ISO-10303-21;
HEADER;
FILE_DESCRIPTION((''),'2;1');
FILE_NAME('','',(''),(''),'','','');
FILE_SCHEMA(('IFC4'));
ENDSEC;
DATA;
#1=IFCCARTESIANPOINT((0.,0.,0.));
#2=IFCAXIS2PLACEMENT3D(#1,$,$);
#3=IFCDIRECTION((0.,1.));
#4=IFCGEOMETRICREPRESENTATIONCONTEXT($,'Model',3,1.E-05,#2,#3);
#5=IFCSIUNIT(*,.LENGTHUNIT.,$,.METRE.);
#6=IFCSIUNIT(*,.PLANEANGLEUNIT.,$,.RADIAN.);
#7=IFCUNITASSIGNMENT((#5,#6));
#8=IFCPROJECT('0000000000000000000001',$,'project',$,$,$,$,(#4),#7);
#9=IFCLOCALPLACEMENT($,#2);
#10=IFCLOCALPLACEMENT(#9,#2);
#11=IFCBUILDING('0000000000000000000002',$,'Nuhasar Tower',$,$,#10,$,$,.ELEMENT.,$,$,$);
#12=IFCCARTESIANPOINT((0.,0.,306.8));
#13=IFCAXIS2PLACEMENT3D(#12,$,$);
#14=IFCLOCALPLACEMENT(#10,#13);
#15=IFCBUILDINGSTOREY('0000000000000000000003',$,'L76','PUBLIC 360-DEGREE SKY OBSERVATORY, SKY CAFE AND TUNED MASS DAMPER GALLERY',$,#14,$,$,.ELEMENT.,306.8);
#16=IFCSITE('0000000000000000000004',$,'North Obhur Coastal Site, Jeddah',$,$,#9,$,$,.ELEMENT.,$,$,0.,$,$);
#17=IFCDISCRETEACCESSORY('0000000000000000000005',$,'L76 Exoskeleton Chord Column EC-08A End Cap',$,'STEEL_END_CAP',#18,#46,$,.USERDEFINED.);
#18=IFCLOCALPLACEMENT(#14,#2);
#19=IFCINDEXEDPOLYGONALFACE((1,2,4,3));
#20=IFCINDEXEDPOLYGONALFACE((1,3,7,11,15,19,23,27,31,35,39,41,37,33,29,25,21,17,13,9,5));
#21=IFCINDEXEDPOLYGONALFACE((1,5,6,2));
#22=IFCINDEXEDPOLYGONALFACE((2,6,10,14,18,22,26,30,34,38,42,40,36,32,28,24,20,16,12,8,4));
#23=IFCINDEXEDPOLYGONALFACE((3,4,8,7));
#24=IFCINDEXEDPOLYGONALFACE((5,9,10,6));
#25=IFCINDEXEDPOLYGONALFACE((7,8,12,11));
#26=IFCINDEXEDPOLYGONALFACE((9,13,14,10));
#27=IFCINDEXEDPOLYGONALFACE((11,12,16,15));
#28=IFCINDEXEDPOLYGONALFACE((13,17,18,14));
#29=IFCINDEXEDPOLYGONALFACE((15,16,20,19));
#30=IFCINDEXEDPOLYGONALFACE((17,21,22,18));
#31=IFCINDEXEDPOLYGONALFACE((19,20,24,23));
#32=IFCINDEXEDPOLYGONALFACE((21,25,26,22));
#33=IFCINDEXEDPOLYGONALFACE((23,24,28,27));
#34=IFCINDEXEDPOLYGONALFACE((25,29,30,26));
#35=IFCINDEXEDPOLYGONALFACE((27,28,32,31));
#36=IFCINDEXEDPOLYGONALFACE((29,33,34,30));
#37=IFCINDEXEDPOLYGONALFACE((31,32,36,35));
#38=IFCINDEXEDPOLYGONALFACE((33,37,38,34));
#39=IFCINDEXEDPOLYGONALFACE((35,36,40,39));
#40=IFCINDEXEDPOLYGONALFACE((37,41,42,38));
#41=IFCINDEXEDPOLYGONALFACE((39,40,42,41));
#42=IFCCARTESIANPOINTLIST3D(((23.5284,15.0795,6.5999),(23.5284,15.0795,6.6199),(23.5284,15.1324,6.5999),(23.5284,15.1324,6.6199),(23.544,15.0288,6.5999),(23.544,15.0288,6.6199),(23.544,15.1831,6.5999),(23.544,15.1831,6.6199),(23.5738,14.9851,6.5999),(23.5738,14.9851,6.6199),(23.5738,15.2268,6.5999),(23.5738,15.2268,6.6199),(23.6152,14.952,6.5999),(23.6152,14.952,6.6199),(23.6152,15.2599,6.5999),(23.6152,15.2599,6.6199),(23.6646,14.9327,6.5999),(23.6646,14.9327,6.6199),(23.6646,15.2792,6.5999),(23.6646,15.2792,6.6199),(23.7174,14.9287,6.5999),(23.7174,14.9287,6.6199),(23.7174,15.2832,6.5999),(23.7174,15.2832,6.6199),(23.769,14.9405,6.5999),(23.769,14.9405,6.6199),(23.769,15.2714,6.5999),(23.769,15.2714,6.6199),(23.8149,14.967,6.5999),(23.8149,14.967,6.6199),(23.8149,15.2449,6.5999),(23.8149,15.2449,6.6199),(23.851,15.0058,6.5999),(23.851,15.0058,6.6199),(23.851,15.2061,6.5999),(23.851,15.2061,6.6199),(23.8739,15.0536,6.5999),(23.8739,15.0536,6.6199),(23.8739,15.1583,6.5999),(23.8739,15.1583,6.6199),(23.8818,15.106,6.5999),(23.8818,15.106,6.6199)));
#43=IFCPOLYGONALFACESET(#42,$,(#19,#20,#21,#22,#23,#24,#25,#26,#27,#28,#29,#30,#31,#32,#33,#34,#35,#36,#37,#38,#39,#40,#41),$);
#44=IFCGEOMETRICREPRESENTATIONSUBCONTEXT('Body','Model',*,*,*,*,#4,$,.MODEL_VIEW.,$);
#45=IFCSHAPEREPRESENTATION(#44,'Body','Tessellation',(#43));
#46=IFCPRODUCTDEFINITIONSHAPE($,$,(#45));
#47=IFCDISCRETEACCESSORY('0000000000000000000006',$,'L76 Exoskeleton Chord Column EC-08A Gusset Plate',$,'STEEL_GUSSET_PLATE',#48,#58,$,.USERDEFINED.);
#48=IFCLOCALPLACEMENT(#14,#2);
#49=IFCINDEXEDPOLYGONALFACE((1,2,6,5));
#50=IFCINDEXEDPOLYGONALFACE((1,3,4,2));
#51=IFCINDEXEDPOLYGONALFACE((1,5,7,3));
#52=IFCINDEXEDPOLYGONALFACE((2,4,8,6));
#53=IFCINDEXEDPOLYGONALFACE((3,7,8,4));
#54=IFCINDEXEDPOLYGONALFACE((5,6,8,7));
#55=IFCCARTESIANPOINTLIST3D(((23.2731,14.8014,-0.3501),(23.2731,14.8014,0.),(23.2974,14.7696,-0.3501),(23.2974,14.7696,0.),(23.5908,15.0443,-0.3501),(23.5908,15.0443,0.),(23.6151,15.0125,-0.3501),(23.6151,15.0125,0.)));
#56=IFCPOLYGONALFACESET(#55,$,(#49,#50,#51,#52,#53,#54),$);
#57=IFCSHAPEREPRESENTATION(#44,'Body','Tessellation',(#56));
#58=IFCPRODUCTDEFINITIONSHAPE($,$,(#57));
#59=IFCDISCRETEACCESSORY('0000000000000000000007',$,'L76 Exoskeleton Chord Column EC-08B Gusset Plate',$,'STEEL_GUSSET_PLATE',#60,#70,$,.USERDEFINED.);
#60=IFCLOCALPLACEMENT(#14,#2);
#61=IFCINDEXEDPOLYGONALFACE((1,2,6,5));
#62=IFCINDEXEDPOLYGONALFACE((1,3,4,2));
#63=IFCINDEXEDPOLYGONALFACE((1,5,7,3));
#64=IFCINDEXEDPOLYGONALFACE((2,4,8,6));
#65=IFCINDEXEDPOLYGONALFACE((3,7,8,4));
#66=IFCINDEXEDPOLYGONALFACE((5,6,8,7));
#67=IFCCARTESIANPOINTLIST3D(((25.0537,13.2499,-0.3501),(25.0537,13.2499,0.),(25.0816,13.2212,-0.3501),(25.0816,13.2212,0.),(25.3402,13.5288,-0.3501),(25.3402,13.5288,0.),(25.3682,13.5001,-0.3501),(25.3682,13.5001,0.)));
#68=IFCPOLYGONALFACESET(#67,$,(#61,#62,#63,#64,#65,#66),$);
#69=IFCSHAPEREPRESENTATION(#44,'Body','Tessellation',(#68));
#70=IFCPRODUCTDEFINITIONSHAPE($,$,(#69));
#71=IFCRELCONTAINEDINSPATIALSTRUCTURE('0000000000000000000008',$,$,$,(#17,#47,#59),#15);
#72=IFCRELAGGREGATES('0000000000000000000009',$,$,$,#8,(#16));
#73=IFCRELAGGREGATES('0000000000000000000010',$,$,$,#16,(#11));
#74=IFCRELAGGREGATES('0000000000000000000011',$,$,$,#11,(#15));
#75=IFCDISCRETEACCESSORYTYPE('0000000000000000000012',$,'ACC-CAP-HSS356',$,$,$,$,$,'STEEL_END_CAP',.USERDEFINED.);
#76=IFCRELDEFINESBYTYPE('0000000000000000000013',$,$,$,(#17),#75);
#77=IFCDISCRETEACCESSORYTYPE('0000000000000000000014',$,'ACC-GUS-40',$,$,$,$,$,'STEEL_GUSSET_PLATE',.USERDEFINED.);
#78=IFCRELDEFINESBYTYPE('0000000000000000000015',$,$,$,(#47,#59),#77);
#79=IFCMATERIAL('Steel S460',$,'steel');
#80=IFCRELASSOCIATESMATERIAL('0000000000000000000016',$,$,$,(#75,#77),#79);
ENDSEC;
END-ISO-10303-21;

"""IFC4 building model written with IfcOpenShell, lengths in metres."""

from ifc_helpers import new_model, si_unit, direction, frame, origin, origin_2d, place, context, subcontext, project, spatial, rectangle, circle, extrude, material, type_object, element, save


model = new_model("IFC4")

# Units and contexts
model_context = context("Model", 3, precision=1e-05, world=origin(), true_north=direction((0.0, 1.0)))
body_context = subcontext(model_context, "Body", "Model", "MODEL_VIEW")
ifc_project = project(units=[si_unit("LENGTHUNIT", "METRE"), si_unit("PLANEANGLEUNIT", "RADIAN")], contexts=[model_context])

# Site, building, storey
site_placement = place(None, origin())
site = spatial("IfcSite", under=ifc_project, at=site_placement, Name="North Obhur Coastal Site, Jeddah", CompositionType="ELEMENT", RefElevation=0.0)
building_placement = place(site_placement, origin())
building = spatial("IfcBuilding", under=site, at=building_placement, Name="Nuhasar Tower", CompositionType="ELEMENT")
storey_placement = place(building_placement, frame((0.0, 0.0, 306.8)))
storey = spatial("IfcBuildingStorey", under=building, at=storey_placement, Name="L76", Description="PUBLIC 360-DEGREE SKY OBSERVATORY, SKY CAFE AND TUNED MASS DAMPER GALLERY", CompositionType="ELEMENT", Elevation=306.8)

# Shared definitions
ifc_material_1 = material(Name="Steel S460", Category="steel")

# Discrete accessories
discrete_accessory_type_1 = type_object("IfcDiscreteAccessoryType", Name="ACC-CAP-HSS356", ElementType="STEEL_END_CAP", PredefinedType="USERDEFINED", material=ifc_material_1)
discrete_accessory_placement = place(storey_placement, frame((23.7041, 15.106, 6.5999), z_axis=(0.0, 0.0, 1.0), x_axis=(1.0, 0.0, 0.0)))
element("IfcDiscreteAccessory", 1, at=discrete_accessory_placement, inside=storey, type_object=discrete_accessory_type_1, Name="L76 Exoskeleton Chord Column EC-08A End Cap", ObjectType="STEEL_END_CAP", PredefinedType="USERDEFINED", context=body_context, shape_type="SweptSolid", body=[
    extrude(circle(Radius=0.1777, at=origin_2d()), origin(), (0.0, 0.0, 1.0), 0.02),
])
discrete_accessory_type_2 = type_object("IfcDiscreteAccessoryType", Name="ACC-GUS-40", ElementType="STEEL_GUSSET_PLATE", PredefinedType="USERDEFINED", material=ifc_material_1)
for number, where, z_axis, x_axis, name in (
    (2, (23.4441, 14.907, -0.3501), (0.0, 0.0, 1.0), (-0.794436, -0.607348, 0.0), "L76 Exoskeleton Chord Column EC-08A Gusset Plate"),
    (3, (25.2109, 13.375, -0.3501), (0.0, 0.0, 1.0), (-0.716509, -0.697578, 0.0), "L76 Exoskeleton Chord Column EC-08B Gusset Plate"),
):
    element("IfcDiscreteAccessory", number, at=place(storey_placement, frame(where, z_axis=z_axis, x_axis=x_axis)), inside=storey, type_object=discrete_accessory_type_2, Name=name, ObjectType="STEEL_GUSSET_PLATE", PredefinedType="USERDEFINED", context=body_context, shape_type="SweptSolid", body=[
        extrude(rectangle(XDim=0.3999, YDim=0.04, at=origin_2d()), origin(), (0.0, 0.0, 1.0), 0.3501),
    ])

save(model, "model.ifc")
